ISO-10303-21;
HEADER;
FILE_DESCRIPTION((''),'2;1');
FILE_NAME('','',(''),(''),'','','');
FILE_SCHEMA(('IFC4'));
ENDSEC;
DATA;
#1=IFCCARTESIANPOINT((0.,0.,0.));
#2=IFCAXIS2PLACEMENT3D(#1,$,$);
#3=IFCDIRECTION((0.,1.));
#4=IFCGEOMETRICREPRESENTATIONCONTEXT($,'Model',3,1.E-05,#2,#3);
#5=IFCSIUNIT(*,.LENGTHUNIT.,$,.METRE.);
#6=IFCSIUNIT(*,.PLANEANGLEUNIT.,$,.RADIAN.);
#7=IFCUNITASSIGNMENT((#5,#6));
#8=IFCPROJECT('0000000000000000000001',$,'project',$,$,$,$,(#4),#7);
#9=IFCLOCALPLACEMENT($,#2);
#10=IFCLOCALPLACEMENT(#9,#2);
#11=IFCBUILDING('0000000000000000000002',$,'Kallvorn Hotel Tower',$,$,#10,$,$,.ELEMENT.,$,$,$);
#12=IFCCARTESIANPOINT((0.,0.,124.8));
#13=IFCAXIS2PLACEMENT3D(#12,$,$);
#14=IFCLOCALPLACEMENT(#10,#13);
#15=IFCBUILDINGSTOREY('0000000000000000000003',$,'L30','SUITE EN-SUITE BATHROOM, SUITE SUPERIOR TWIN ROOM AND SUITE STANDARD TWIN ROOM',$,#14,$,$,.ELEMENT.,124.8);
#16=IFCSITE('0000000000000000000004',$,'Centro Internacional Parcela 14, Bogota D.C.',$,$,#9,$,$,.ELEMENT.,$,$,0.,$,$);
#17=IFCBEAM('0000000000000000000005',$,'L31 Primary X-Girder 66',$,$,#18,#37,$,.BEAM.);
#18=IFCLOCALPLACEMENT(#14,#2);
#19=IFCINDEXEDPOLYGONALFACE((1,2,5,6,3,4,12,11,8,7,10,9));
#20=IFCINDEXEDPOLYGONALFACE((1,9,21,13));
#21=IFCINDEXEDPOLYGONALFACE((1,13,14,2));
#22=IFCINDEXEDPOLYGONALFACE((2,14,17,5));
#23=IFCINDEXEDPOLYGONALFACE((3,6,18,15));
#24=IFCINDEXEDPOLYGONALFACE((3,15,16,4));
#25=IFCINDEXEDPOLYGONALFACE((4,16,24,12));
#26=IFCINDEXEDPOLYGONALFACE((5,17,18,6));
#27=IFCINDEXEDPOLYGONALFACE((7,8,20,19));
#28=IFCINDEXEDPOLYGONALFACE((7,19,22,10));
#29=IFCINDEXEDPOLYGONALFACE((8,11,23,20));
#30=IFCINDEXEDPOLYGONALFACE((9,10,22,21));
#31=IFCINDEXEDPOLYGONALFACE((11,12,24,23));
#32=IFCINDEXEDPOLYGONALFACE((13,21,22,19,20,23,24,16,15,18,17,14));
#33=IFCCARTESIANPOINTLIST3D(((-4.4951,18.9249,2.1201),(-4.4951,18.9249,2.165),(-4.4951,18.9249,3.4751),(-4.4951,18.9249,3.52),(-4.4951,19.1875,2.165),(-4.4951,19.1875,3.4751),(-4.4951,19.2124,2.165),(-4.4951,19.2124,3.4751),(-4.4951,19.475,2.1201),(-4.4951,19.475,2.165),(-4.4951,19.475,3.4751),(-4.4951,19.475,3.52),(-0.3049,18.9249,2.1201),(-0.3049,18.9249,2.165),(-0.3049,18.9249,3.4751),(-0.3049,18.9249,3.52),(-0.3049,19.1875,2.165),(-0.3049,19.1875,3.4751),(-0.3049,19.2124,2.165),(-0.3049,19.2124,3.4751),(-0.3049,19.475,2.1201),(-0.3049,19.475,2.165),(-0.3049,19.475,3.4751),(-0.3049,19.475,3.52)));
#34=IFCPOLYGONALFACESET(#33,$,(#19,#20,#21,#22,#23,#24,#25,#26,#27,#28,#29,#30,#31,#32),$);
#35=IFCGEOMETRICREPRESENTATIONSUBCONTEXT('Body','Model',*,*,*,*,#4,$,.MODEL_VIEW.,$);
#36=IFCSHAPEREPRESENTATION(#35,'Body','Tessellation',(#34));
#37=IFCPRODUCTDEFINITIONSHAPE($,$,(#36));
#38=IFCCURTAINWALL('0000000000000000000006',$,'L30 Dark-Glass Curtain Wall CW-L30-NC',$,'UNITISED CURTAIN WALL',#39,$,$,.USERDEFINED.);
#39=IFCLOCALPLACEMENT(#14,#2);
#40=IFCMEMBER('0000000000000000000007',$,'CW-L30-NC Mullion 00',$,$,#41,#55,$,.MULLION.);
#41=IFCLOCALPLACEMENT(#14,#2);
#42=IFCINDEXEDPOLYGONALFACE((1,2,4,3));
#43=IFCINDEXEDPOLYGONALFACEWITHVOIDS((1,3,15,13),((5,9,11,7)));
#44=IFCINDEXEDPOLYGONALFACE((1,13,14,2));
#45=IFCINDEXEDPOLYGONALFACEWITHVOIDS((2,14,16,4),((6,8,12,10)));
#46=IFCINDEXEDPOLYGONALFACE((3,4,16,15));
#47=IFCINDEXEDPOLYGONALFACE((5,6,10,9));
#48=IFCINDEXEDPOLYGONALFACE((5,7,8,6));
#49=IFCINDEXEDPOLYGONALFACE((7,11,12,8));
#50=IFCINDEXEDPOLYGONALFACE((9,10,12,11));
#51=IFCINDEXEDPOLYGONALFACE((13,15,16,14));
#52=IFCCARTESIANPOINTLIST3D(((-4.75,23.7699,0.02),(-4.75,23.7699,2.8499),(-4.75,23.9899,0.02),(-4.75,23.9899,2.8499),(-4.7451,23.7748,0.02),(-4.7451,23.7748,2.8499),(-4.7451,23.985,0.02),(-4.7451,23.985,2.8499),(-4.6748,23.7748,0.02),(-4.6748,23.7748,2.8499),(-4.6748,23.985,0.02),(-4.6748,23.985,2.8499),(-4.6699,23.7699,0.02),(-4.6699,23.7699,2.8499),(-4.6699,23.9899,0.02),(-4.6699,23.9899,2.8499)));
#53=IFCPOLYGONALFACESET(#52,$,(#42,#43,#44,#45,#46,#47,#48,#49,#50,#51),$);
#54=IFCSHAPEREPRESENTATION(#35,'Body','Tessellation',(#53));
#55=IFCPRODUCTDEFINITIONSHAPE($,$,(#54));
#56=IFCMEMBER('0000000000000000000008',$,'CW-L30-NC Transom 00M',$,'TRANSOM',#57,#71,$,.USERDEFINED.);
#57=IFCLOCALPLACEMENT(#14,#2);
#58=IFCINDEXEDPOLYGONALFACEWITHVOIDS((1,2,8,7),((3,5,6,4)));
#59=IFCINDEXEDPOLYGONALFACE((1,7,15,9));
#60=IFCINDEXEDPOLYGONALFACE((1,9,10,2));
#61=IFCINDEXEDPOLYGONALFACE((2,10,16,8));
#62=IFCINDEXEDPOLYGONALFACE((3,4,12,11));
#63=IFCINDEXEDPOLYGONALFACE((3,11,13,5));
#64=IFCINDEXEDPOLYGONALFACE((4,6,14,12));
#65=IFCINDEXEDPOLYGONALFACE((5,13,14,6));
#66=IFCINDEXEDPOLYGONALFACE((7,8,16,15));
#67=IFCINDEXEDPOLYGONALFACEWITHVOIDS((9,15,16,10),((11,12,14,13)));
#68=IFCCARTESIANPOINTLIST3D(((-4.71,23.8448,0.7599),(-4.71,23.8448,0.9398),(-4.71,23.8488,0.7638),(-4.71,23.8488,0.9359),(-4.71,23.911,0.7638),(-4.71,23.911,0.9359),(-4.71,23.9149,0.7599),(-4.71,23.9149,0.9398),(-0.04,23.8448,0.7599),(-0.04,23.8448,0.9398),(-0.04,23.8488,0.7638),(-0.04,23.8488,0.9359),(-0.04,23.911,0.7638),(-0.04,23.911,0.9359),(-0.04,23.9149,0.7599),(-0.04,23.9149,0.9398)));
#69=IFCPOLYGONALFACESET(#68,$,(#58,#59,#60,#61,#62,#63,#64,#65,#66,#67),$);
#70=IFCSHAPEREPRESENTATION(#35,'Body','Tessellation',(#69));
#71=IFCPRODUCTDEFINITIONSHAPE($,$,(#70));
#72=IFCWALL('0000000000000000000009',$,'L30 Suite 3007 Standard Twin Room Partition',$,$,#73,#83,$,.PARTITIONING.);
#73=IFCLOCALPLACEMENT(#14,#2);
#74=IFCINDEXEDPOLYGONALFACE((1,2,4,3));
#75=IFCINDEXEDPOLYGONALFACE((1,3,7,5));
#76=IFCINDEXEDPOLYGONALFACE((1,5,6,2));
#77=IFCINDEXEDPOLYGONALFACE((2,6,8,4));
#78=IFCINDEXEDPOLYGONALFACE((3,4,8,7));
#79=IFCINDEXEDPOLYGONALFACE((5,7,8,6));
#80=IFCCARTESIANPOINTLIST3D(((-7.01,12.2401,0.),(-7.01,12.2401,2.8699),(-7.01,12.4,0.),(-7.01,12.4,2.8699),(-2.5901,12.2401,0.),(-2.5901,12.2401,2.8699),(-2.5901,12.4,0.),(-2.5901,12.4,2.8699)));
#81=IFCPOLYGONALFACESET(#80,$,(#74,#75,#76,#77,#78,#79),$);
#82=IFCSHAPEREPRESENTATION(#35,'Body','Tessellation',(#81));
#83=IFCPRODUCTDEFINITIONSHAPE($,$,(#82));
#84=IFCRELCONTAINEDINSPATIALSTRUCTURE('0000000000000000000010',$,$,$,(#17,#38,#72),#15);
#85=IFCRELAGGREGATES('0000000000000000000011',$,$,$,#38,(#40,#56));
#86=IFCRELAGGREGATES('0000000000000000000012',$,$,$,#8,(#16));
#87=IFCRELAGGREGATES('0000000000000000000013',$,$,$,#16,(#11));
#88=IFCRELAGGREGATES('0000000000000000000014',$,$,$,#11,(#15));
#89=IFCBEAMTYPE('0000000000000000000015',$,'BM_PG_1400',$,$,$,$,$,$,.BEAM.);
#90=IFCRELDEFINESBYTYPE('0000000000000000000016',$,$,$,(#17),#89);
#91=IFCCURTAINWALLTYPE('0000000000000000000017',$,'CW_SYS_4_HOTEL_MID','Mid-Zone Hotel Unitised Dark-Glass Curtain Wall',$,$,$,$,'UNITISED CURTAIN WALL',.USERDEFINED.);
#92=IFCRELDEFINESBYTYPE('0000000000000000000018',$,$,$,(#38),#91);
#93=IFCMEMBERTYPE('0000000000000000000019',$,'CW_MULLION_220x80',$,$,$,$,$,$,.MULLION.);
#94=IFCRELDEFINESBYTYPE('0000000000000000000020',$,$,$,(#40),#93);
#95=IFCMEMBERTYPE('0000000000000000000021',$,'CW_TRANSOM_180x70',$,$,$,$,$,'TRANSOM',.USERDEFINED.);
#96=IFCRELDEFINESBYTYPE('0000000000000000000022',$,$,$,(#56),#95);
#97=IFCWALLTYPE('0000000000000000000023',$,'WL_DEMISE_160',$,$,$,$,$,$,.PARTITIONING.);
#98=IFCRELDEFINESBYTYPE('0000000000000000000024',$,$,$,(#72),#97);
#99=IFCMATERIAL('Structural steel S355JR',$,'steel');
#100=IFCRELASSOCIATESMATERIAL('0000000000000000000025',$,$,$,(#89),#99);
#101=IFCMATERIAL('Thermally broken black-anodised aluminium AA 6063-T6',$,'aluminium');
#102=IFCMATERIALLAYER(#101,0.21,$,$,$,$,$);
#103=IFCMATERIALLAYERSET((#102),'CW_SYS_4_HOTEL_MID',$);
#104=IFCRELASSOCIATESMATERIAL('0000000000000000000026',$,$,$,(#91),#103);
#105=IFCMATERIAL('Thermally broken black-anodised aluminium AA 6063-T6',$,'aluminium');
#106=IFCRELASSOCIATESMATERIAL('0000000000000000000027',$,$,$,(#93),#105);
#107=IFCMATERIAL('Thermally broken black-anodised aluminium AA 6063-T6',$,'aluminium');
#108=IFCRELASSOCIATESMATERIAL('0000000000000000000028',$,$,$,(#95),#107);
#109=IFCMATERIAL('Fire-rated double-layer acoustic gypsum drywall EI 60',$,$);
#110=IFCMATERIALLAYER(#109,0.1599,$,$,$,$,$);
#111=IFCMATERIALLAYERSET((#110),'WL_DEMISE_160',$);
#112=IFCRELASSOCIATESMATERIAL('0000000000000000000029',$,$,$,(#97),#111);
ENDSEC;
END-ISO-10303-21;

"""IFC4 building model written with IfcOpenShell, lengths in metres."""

from ifc_helpers import new_model, si_unit, direction, frame, frame_2d, origin, origin_2d, place, context, subcontext, project, spatial, rectangle, hollow_rectangle, i_section, extrude, material, layer, layer_set, material_profile, profile_set, type_object, element, aggregate, save


model = new_model("IFC4")

# Units and contexts
model_context = context("Model", 3, precision=1e-05, world=origin(), true_north=direction((0.0, 1.0)))
body_context = subcontext(model_context, "Body", "Model", "MODEL_VIEW")
ifc_project = project(units=[si_unit("LENGTHUNIT", "METRE"), si_unit("PLANEANGLEUNIT", "RADIAN")], contexts=[model_context])

# Site, building, storey
site_placement = place(None, origin())
site = spatial("IfcSite", under=ifc_project, at=site_placement, Name="Centro Internacional Parcela 14, Bogota D.C.", CompositionType="ELEMENT", RefElevation=0.0)
building_placement = place(site_placement, origin())
building = spatial("IfcBuilding", under=site, at=building_placement, Name="Kallvorn Hotel Tower", CompositionType="ELEMENT")
storey_placement = place(building_placement, frame((0.0, 0.0, 124.8)))
storey = spatial("IfcBuildingStorey", under=building, at=storey_placement, Name="L30", Description="SUITE EN-SUITE BATHROOM, SUITE SUPERIOR TWIN ROOM AND SUITE STANDARD TWIN ROOM", CompositionType="ELEMENT", Elevation=124.8)

# Beam
ifc_material_1 = material(Name="Structural steel S355JR", Category="steel")
ifc_material_profile_1 = material_profile(ifc_material_1, i_section(OverallWidth=0.55, OverallDepth=1.3999, WebThickness=0.0249, FlangeThickness=0.0449, at=origin_2d()), Name="PG 1400x550x25x45")
ifc_profile_set_1 = profile_set([ifc_material_profile_1], Name="Structural steel S355JR")
beam_type_1 = type_object("IfcBeamType", Name="BM_PG_1400", PredefinedType="BEAM", material=ifc_profile_set_1)
beam_1_placement = place(storey_placement, frame((-4.4951, 19.2, 2.8201), z_axis=(1.0, 0.0, 0.0), x_axis=(0.0, 1.0, 0.0)))
element("IfcBeam", 1, at=beam_1_placement, inside=storey, type_object=beam_type_1, Name="L31 Primary X-Girder 66", PredefinedType="BEAM", context=body_context, shape_type="SweptSolid", body=[
    extrude(i_section(OverallWidth=0.55, OverallDepth=1.3999, WebThickness=0.0249, FlangeThickness=0.0449, at=origin_2d()), origin(), (0.0, 0.0, 1.0), 4.1902),
])

# Curtain wall, members
ifc_material_2 = material(Name="Thermally broken black-anodised aluminium AA 6063-T6", Category="aluminium")
ifc_layer_1 = layer(ifc_material_2, 0.21)
ifc_layer_set_1 = layer_set([ifc_layer_1], Name="CW_SYS_4_HOTEL_MID")
curtain_wall_type = type_object("IfcCurtainWallType", Name="CW_SYS_4_HOTEL_MID", Description="Mid-Zone Hotel Unitised Dark-Glass Curtain Wall", ElementType="UNITISED CURTAIN WALL", PredefinedType="USERDEFINED", material=ifc_layer_set_1)
curtain_wall_placement = place(storey_placement, origin())
curtain_wall = element("IfcCurtainWall", 2, at=curtain_wall_placement, inside=storey, type_object=curtain_wall_type, Name="L30 Dark-Glass Curtain Wall CW-L30-NC", ObjectType="UNITISED CURTAIN WALL", PredefinedType="USERDEFINED")
ifc_material_3 = material(Name="Thermally broken black-anodised aluminium AA 6063-T6", Category="aluminium")
ifc_material_profile_2 = material_profile(ifc_material_3, hollow_rectangle(XDim=0.0801, YDim=0.22, WallThickness=0.0049, at=origin_2d()), Name="MUL 220x80")
ifc_profile_set_2 = profile_set([ifc_material_profile_2], Name="Thermally broken black-anodised aluminium AA 6063-T6")
member_type_1 = type_object("IfcMemberType", Name="CW_MULLION_220x80", PredefinedType="MULLION", material=ifc_profile_set_2)
member_1_placement = place(storey_placement, frame((-4.71, 23.8799, 0.02), z_axis=(0.0, 0.0, 1.0), x_axis=(1.0, 0.0, 0.0)))
member_1 = element("IfcMember", 3, at=member_1_placement, type_object=member_type_1, Name="CW-L30-NC Mullion 00", PredefinedType="MULLION", context=body_context, shape_type="SweptSolid", body=[
    extrude(hollow_rectangle(XDim=0.0801, YDim=0.22, WallThickness=0.0049, at=origin_2d()), origin(), (0.0, 0.0, 1.0), 2.8298),
])
ifc_material_4 = material(Name="Thermally broken black-anodised aluminium AA 6063-T6", Category="aluminium")
ifc_material_profile_3 = material_profile(ifc_material_4, hollow_rectangle(XDim=0.0701, YDim=0.1799, WallThickness=0.0039, at=origin_2d()), Name="TRN 180x70")
ifc_profile_set_3 = profile_set([ifc_material_profile_3], Name="Thermally broken black-anodised aluminium AA 6063-T6")
member_type_2 = type_object("IfcMemberType", Name="CW_TRANSOM_180x70", ElementType="TRANSOM", PredefinedType="USERDEFINED", material=ifc_profile_set_3)
member_2_placement = place(storey_placement, frame((-4.71, 23.8799, 0.8499), z_axis=(1.0, 0.0, 0.0), x_axis=(0.0, 1.0, 0.0)))
member_2 = element("IfcMember", 4, at=member_2_placement, type_object=member_type_2, Name="CW-L30-NC Transom 00M", ObjectType="TRANSOM", PredefinedType="USERDEFINED", context=body_context, shape_type="SweptSolid", body=[
    extrude(hollow_rectangle(XDim=0.0701, YDim=0.1799, WallThickness=0.0039, at=origin_2d()), origin(), (0.0, 0.0, 1.0), 4.6699),
])
aggregate(curtain_wall, [member_1, member_2])

# Wall
ifc_material_5 = material(Name="Fire-rated double-layer acoustic gypsum drywall EI 60")
ifc_layer_2 = layer(ifc_material_5, 0.1599)
ifc_layer_set_2 = layer_set([ifc_layer_2], Name="WL_DEMISE_160")
wall_type = type_object("IfcWallType", Name="WL_DEMISE_160", PredefinedType="PARTITIONING", material=ifc_layer_set_2)
wall_placement = place(storey_placement, frame((-7.01, 12.3201, 0.0), z_axis=(0.0, 0.0, 1.0), x_axis=(1.0, 0.0, 0.0)))
element("IfcWall", 5, at=wall_placement, inside=storey, type_object=wall_type, Name="L30 Suite 3007 Standard Twin Room Partition", PredefinedType="PARTITIONING", context=body_context, shape_type="SweptSolid", body=[
    extrude(rectangle(XDim=4.4199, YDim=0.1599, at=frame_2d((2.21, 0.0))), origin(), (0.0, 0.0, 1.0), 2.8699),
])

save(model, "model.ifc")
